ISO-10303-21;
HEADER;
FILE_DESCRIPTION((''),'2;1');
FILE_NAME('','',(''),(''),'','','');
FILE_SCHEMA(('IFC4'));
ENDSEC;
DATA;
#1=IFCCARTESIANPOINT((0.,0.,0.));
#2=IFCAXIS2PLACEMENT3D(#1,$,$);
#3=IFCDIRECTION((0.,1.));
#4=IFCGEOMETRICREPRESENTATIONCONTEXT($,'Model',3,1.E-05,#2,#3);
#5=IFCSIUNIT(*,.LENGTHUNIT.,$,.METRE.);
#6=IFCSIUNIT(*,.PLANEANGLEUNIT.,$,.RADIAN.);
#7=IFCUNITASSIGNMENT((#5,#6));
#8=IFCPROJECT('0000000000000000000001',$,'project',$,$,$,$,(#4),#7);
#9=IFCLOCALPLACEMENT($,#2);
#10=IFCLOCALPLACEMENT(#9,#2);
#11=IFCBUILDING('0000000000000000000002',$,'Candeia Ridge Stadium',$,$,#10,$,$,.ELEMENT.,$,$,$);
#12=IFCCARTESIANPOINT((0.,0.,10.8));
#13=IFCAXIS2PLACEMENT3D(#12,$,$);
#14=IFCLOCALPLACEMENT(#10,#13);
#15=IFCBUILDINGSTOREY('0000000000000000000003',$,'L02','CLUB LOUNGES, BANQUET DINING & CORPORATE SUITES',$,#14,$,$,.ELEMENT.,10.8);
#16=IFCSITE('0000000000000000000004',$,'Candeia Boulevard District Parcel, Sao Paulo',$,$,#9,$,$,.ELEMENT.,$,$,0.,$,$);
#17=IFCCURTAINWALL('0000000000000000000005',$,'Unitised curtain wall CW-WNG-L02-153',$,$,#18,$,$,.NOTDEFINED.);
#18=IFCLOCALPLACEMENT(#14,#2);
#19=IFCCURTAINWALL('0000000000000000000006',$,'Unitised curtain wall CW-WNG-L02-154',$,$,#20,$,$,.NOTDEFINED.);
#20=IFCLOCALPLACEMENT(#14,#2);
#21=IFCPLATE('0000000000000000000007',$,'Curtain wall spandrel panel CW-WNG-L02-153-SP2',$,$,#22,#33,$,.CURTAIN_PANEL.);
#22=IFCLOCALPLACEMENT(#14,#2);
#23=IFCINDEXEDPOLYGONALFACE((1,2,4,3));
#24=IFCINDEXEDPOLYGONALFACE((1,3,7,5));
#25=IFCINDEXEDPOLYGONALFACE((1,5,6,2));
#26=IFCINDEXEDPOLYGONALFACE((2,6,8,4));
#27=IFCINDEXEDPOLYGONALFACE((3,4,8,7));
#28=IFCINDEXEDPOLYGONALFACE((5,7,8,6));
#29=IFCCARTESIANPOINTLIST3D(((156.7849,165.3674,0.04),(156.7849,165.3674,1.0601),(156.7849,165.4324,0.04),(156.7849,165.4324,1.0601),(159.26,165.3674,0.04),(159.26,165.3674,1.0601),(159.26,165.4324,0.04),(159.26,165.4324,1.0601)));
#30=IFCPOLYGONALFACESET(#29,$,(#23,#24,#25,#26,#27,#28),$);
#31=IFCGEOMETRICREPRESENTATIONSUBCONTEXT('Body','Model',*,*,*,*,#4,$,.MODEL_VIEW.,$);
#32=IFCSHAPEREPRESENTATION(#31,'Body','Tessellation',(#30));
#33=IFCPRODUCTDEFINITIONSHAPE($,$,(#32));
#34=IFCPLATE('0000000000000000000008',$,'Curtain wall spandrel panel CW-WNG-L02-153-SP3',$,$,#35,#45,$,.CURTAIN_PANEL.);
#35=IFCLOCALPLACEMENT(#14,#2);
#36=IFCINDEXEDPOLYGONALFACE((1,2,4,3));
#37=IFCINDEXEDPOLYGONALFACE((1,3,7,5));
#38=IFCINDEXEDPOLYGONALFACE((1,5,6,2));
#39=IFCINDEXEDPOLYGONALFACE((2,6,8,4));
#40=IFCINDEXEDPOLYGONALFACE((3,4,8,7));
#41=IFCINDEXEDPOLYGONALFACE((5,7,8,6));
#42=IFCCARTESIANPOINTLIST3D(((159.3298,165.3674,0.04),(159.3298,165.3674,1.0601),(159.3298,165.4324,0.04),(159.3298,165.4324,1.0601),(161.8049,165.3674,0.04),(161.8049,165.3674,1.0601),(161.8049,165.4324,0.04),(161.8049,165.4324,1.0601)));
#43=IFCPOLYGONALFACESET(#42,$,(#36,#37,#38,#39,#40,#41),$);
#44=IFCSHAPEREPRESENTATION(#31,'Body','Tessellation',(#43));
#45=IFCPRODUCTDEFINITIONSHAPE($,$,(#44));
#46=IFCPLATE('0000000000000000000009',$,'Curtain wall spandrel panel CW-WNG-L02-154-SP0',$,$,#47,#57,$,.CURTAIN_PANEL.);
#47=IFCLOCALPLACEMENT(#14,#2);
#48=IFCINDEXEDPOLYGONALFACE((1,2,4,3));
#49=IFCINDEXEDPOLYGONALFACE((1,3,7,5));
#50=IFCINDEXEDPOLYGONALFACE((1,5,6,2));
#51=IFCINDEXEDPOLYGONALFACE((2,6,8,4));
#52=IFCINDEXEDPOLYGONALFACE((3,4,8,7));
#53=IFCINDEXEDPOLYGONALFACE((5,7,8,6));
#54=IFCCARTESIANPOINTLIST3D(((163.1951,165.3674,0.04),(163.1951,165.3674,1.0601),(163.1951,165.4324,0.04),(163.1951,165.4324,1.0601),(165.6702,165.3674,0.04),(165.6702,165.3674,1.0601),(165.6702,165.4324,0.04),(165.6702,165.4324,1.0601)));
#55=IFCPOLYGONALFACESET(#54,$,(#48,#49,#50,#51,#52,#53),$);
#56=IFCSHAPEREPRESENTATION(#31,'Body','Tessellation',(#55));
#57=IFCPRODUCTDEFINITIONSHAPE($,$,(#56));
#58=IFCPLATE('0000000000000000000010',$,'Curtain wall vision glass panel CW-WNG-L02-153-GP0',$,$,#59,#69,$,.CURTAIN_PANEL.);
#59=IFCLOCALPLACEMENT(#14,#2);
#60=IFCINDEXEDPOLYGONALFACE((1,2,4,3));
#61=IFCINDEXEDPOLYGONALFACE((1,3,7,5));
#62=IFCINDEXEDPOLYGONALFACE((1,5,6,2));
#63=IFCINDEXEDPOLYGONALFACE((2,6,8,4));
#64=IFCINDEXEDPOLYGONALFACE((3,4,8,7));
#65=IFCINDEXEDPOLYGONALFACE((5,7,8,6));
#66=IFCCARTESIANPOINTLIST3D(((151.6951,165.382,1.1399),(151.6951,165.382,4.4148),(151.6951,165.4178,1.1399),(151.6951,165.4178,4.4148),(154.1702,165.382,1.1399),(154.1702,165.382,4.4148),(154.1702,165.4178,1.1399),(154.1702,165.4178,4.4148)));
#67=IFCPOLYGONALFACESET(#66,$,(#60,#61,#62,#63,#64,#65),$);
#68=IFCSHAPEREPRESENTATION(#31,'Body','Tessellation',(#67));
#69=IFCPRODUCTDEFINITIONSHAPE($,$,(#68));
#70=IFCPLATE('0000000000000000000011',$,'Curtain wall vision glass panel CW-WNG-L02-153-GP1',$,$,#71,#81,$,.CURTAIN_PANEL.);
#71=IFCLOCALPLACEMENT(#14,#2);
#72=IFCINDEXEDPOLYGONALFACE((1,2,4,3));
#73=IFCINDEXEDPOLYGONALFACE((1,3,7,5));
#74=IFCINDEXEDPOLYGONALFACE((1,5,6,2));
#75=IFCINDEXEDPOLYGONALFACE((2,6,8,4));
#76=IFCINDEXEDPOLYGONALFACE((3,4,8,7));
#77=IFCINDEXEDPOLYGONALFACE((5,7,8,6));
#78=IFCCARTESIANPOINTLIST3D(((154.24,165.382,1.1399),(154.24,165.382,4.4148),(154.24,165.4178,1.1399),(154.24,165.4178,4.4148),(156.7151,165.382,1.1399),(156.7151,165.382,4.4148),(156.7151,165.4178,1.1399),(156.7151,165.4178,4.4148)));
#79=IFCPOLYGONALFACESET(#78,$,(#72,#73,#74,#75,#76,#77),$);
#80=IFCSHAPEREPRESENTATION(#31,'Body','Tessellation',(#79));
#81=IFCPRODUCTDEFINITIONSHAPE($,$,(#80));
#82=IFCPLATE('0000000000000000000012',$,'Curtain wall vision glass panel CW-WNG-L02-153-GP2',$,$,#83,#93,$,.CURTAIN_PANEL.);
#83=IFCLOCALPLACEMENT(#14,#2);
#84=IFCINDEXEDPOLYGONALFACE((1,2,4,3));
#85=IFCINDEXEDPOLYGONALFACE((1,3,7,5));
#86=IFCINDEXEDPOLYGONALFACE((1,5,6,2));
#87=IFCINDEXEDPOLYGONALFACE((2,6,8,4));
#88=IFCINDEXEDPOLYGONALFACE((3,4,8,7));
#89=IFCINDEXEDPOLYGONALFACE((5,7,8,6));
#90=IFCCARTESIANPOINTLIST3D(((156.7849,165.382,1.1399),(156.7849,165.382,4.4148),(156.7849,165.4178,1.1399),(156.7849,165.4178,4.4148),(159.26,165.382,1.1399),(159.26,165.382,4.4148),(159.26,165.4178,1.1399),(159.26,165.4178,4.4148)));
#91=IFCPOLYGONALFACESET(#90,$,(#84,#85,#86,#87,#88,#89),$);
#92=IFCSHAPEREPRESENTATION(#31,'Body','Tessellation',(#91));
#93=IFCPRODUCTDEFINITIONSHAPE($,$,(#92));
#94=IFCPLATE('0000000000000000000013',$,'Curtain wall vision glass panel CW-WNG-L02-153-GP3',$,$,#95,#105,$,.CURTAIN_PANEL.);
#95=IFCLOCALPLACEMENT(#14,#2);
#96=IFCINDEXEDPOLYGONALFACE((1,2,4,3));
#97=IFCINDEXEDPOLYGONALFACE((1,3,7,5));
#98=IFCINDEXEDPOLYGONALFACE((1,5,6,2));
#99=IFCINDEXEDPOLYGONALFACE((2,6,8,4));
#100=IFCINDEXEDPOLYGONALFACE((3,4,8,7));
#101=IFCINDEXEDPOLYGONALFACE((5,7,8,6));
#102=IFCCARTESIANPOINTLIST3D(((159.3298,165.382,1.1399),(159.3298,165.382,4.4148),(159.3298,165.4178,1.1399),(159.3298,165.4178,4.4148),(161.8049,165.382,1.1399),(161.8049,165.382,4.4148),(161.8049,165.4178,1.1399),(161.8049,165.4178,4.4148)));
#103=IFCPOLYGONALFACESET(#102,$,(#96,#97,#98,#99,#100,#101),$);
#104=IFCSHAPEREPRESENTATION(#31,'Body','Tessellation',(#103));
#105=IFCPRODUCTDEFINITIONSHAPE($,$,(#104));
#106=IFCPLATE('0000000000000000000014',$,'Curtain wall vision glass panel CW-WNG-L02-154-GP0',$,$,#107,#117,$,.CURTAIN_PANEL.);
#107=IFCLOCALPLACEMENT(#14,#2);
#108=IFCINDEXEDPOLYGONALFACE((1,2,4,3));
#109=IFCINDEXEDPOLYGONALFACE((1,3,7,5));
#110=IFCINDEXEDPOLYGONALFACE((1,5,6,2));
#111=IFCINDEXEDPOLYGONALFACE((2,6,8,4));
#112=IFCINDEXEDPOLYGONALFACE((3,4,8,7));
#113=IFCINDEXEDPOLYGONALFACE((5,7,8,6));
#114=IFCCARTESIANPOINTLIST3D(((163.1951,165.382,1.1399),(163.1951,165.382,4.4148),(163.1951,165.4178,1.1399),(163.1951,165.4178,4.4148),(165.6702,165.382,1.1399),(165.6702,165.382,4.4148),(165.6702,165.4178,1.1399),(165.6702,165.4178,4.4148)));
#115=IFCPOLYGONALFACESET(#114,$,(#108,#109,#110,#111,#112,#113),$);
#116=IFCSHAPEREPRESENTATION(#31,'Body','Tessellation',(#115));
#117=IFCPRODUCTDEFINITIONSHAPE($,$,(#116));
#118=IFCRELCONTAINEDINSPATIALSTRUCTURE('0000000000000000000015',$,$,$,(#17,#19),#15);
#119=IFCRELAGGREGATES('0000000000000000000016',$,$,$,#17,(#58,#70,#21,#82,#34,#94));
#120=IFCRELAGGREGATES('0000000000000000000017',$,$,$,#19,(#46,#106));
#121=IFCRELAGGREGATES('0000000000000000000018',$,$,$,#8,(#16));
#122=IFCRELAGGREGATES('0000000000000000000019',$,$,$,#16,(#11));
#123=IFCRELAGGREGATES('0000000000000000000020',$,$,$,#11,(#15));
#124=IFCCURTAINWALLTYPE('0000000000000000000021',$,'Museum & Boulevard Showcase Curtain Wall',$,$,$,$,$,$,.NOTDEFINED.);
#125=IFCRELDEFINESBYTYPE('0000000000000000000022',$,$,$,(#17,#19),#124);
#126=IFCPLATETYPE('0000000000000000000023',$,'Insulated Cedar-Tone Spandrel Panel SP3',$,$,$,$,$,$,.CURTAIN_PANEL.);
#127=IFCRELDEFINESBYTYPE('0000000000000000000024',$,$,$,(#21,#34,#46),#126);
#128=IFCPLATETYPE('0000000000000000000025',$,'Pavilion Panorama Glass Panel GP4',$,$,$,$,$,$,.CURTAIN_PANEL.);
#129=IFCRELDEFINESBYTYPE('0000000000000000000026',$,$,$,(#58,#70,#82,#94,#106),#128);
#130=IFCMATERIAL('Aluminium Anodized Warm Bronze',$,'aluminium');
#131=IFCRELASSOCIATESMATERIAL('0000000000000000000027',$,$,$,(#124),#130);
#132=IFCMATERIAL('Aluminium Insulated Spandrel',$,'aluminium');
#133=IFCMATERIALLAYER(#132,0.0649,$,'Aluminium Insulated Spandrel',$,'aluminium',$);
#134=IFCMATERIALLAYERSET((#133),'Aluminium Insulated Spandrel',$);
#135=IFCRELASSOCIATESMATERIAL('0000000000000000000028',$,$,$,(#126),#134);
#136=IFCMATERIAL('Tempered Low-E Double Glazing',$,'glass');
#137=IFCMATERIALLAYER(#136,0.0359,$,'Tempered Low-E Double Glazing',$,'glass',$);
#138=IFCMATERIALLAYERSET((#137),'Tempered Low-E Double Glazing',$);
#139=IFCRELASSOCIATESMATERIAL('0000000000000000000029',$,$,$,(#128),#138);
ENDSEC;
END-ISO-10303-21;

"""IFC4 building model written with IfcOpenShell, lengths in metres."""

from ifc_helpers import new_model, si_unit, direction, frame, origin, origin_2d, place, context, subcontext, project, spatial, rectangle, extrude, material, layer, layer_set, type_object, element, aggregate, save


model = new_model("IFC4")

# Units and contexts
model_context = context("Model", 3, precision=1e-05, world=origin(), true_north=direction((0.0, 1.0)))
body_context = subcontext(model_context, "Body", "Model", "MODEL_VIEW")
ifc_project = project(units=[si_unit("LENGTHUNIT", "METRE"), si_unit("PLANEANGLEUNIT", "RADIAN")], contexts=[model_context])

# Site, building, storey
site_placement = place(None, origin())
site = spatial("IfcSite", under=ifc_project, at=site_placement, Name="Candeia Boulevard District Parcel, Sao Paulo", CompositionType="ELEMENT", RefElevation=0.0)
building_placement = place(site_placement, origin())
building = spatial("IfcBuilding", under=site, at=building_placement, Name="Candeia Ridge Stadium", CompositionType="ELEMENT")
storey_placement = place(building_placement, frame((0.0, 0.0, 10.8)))
storey = spatial("IfcBuildingStorey", under=building, at=storey_placement, Name="L02", Description="CLUB LOUNGES, BANQUET DINING & CORPORATE SUITES", CompositionType="ELEMENT", Elevation=10.8)

# Curtain walls
ifc_material_1 = material(Name="Aluminium Anodized Warm Bronze", Category="aluminium")
curtain_wall_type = type_object("IfcCurtainWallType", Name="Museum & Boulevard Showcase Curtain Wall", PredefinedType="NOTDEFINED", material=ifc_material_1)
curtain_wall_1_placement = place(storey_placement, origin())
curtain_wall_1 = element("IfcCurtainWall", 1, at=curtain_wall_1_placement, inside=storey, type_object=curtain_wall_type, Name="Unitised curtain wall CW-WNG-L02-153", PredefinedType="NOTDEFINED")
curtain_wall_2_placement = place(storey_placement, origin())
curtain_wall_2 = element("IfcCurtainWall", 2, at=curtain_wall_2_placement, inside=storey, type_object=curtain_wall_type, Name="Unitised curtain wall CW-WNG-L02-154", PredefinedType="NOTDEFINED")

# Plates
ifc_material_2 = material(Name="Aluminium Insulated Spandrel", Category="aluminium")
ifc_layer_1 = layer(ifc_material_2, 0.0649, Name="Aluminium Insulated Spandrel", Category="aluminium")
ifc_layer_set_1 = layer_set([ifc_layer_1], Name="Aluminium Insulated Spandrel")
plate_type_1 = type_object("IfcPlateType", Name="Insulated Cedar-Tone Spandrel Panel SP3", PredefinedType="CURTAIN_PANEL", material=ifc_layer_set_1)
plate_1_placement = place(storey_placement, frame((158.0225, 165.3999, 0.04), z_axis=(0.0, 0.0, 1.0), x_axis=(1.0, 0.0, 0.0)))
plate_1 = element("IfcPlate", 3, at=plate_1_placement, type_object=plate_type_1, Name="Curtain wall spandrel panel CW-WNG-L02-153-SP2", PredefinedType="CURTAIN_PANEL", context=body_context, shape_type="SweptSolid", body=[
    extrude(rectangle(XDim=2.4751, YDim=0.0649, at=origin_2d()), origin(), (0.0, 0.0, 1.0), 1.02),
])
plate_2_placement = place(storey_placement, frame((160.5674, 165.3999, 0.04), z_axis=(0.0, 0.0, 1.0), x_axis=(1.0, 0.0, 0.0)))
plate_2 = element("IfcPlate", 4, at=plate_2_placement, type_object=plate_type_1, Name="Curtain wall spandrel panel CW-WNG-L02-153-SP3", PredefinedType="CURTAIN_PANEL", context=body_context, shape_type="SweptSolid", body=[
    extrude(rectangle(XDim=2.4751, YDim=0.0649, at=origin_2d()), origin(), (0.0, 0.0, 1.0), 1.02),
])
plate_3_placement = place(storey_placement, frame((164.4326, 165.3999, 0.04), z_axis=(0.0, 0.0, 1.0), x_axis=(1.0, 0.0, 0.0)))
plate_3 = element("IfcPlate", 5, at=plate_3_placement, type_object=plate_type_1, Name="Curtain wall spandrel panel CW-WNG-L02-154-SP0", PredefinedType="CURTAIN_PANEL", context=body_context, shape_type="SweptSolid", body=[
    extrude(rectangle(XDim=2.4751, YDim=0.0649, at=origin_2d()), origin(), (0.0, 0.0, 1.0), 1.02),
])
ifc_material_3 = material(Name="Tempered Low-E Double Glazing", Category="glass")
ifc_layer_2 = layer(ifc_material_3, 0.0359, Name="Tempered Low-E Double Glazing", Category="glass")
ifc_layer_set_2 = layer_set([ifc_layer_2], Name="Tempered Low-E Double Glazing")
plate_type_2 = type_object("IfcPlateType", Name="Pavilion Panorama Glass Panel GP4", PredefinedType="CURTAIN_PANEL", material=ifc_layer_set_2)
plate_4_placement = place(storey_placement, frame((152.9326, 165.3999, 1.1399), z_axis=(0.0, 0.0, 1.0), x_axis=(1.0, 0.0, 0.0)))
plate_4 = element("IfcPlate", 6, at=plate_4_placement, type_object=plate_type_2, Name="Curtain wall vision glass panel CW-WNG-L02-153-GP0", PredefinedType="CURTAIN_PANEL", context=body_context, shape_type="SweptSolid", body=[
    extrude(rectangle(XDim=2.4751, YDim=0.0359, at=origin_2d()), origin(), (0.0, 0.0, 1.0), 3.2749),
])
plate_5_placement = place(storey_placement, frame((155.4775, 165.3999, 1.1399), z_axis=(0.0, 0.0, 1.0), x_axis=(1.0, 0.0, 0.0)))
plate_5 = element("IfcPlate", 7, at=plate_5_placement, type_object=plate_type_2, Name="Curtain wall vision glass panel CW-WNG-L02-153-GP1", PredefinedType="CURTAIN_PANEL", context=body_context, shape_type="SweptSolid", body=[
    extrude(rectangle(XDim=2.4751, YDim=0.0359, at=origin_2d()), origin(), (0.0, 0.0, 1.0), 3.2749),
])
plate_6_placement = place(storey_placement, frame((158.0225, 165.3999, 1.1399), z_axis=(0.0, 0.0, 1.0), x_axis=(1.0, 0.0, 0.0)))
plate_6 = element("IfcPlate", 8, at=plate_6_placement, type_object=plate_type_2, Name="Curtain wall vision glass panel CW-WNG-L02-153-GP2", PredefinedType="CURTAIN_PANEL", context=body_context, shape_type="SweptSolid", body=[
    extrude(rectangle(XDim=2.4751, YDim=0.0359, at=origin_2d()), origin(), (0.0, 0.0, 1.0), 3.2749),
])
plate_7_placement = place(storey_placement, frame((160.5674, 165.3999, 1.1399), z_axis=(0.0, 0.0, 1.0), x_axis=(1.0, 0.0, 0.0)))
plate_7 = element("IfcPlate", 9, at=plate_7_placement, type_object=plate_type_2, Name="Curtain wall vision glass panel CW-WNG-L02-153-GP3", PredefinedType="CURTAIN_PANEL", context=body_context, shape_type="SweptSolid", body=[
    extrude(rectangle(XDim=2.4751, YDim=0.0359, at=origin_2d()), origin(), (0.0, 0.0, 1.0), 3.2749),
])
aggregate(curtain_wall_1, [plate_4, plate_5, plate_1, plate_6, plate_2, plate_7])
plate_8_placement = place(storey_placement, frame((164.4326, 165.3999, 1.1399), z_axis=(0.0, 0.0, 1.0), x_axis=(1.0, 0.0, 0.0)))
plate_8 = element("IfcPlate", 10, at=plate_8_placement, type_object=plate_type_2, Name="Curtain wall vision glass panel CW-WNG-L02-154-GP0", PredefinedType="CURTAIN_PANEL", context=body_context, shape_type="SweptSolid", body=[
    extrude(rectangle(XDim=2.4751, YDim=0.0359, at=origin_2d()), origin(), (0.0, 0.0, 1.0), 3.2749),
])
aggregate(curtain_wall_2, [plate_3, plate_8])

save(model, "model.ifc")
